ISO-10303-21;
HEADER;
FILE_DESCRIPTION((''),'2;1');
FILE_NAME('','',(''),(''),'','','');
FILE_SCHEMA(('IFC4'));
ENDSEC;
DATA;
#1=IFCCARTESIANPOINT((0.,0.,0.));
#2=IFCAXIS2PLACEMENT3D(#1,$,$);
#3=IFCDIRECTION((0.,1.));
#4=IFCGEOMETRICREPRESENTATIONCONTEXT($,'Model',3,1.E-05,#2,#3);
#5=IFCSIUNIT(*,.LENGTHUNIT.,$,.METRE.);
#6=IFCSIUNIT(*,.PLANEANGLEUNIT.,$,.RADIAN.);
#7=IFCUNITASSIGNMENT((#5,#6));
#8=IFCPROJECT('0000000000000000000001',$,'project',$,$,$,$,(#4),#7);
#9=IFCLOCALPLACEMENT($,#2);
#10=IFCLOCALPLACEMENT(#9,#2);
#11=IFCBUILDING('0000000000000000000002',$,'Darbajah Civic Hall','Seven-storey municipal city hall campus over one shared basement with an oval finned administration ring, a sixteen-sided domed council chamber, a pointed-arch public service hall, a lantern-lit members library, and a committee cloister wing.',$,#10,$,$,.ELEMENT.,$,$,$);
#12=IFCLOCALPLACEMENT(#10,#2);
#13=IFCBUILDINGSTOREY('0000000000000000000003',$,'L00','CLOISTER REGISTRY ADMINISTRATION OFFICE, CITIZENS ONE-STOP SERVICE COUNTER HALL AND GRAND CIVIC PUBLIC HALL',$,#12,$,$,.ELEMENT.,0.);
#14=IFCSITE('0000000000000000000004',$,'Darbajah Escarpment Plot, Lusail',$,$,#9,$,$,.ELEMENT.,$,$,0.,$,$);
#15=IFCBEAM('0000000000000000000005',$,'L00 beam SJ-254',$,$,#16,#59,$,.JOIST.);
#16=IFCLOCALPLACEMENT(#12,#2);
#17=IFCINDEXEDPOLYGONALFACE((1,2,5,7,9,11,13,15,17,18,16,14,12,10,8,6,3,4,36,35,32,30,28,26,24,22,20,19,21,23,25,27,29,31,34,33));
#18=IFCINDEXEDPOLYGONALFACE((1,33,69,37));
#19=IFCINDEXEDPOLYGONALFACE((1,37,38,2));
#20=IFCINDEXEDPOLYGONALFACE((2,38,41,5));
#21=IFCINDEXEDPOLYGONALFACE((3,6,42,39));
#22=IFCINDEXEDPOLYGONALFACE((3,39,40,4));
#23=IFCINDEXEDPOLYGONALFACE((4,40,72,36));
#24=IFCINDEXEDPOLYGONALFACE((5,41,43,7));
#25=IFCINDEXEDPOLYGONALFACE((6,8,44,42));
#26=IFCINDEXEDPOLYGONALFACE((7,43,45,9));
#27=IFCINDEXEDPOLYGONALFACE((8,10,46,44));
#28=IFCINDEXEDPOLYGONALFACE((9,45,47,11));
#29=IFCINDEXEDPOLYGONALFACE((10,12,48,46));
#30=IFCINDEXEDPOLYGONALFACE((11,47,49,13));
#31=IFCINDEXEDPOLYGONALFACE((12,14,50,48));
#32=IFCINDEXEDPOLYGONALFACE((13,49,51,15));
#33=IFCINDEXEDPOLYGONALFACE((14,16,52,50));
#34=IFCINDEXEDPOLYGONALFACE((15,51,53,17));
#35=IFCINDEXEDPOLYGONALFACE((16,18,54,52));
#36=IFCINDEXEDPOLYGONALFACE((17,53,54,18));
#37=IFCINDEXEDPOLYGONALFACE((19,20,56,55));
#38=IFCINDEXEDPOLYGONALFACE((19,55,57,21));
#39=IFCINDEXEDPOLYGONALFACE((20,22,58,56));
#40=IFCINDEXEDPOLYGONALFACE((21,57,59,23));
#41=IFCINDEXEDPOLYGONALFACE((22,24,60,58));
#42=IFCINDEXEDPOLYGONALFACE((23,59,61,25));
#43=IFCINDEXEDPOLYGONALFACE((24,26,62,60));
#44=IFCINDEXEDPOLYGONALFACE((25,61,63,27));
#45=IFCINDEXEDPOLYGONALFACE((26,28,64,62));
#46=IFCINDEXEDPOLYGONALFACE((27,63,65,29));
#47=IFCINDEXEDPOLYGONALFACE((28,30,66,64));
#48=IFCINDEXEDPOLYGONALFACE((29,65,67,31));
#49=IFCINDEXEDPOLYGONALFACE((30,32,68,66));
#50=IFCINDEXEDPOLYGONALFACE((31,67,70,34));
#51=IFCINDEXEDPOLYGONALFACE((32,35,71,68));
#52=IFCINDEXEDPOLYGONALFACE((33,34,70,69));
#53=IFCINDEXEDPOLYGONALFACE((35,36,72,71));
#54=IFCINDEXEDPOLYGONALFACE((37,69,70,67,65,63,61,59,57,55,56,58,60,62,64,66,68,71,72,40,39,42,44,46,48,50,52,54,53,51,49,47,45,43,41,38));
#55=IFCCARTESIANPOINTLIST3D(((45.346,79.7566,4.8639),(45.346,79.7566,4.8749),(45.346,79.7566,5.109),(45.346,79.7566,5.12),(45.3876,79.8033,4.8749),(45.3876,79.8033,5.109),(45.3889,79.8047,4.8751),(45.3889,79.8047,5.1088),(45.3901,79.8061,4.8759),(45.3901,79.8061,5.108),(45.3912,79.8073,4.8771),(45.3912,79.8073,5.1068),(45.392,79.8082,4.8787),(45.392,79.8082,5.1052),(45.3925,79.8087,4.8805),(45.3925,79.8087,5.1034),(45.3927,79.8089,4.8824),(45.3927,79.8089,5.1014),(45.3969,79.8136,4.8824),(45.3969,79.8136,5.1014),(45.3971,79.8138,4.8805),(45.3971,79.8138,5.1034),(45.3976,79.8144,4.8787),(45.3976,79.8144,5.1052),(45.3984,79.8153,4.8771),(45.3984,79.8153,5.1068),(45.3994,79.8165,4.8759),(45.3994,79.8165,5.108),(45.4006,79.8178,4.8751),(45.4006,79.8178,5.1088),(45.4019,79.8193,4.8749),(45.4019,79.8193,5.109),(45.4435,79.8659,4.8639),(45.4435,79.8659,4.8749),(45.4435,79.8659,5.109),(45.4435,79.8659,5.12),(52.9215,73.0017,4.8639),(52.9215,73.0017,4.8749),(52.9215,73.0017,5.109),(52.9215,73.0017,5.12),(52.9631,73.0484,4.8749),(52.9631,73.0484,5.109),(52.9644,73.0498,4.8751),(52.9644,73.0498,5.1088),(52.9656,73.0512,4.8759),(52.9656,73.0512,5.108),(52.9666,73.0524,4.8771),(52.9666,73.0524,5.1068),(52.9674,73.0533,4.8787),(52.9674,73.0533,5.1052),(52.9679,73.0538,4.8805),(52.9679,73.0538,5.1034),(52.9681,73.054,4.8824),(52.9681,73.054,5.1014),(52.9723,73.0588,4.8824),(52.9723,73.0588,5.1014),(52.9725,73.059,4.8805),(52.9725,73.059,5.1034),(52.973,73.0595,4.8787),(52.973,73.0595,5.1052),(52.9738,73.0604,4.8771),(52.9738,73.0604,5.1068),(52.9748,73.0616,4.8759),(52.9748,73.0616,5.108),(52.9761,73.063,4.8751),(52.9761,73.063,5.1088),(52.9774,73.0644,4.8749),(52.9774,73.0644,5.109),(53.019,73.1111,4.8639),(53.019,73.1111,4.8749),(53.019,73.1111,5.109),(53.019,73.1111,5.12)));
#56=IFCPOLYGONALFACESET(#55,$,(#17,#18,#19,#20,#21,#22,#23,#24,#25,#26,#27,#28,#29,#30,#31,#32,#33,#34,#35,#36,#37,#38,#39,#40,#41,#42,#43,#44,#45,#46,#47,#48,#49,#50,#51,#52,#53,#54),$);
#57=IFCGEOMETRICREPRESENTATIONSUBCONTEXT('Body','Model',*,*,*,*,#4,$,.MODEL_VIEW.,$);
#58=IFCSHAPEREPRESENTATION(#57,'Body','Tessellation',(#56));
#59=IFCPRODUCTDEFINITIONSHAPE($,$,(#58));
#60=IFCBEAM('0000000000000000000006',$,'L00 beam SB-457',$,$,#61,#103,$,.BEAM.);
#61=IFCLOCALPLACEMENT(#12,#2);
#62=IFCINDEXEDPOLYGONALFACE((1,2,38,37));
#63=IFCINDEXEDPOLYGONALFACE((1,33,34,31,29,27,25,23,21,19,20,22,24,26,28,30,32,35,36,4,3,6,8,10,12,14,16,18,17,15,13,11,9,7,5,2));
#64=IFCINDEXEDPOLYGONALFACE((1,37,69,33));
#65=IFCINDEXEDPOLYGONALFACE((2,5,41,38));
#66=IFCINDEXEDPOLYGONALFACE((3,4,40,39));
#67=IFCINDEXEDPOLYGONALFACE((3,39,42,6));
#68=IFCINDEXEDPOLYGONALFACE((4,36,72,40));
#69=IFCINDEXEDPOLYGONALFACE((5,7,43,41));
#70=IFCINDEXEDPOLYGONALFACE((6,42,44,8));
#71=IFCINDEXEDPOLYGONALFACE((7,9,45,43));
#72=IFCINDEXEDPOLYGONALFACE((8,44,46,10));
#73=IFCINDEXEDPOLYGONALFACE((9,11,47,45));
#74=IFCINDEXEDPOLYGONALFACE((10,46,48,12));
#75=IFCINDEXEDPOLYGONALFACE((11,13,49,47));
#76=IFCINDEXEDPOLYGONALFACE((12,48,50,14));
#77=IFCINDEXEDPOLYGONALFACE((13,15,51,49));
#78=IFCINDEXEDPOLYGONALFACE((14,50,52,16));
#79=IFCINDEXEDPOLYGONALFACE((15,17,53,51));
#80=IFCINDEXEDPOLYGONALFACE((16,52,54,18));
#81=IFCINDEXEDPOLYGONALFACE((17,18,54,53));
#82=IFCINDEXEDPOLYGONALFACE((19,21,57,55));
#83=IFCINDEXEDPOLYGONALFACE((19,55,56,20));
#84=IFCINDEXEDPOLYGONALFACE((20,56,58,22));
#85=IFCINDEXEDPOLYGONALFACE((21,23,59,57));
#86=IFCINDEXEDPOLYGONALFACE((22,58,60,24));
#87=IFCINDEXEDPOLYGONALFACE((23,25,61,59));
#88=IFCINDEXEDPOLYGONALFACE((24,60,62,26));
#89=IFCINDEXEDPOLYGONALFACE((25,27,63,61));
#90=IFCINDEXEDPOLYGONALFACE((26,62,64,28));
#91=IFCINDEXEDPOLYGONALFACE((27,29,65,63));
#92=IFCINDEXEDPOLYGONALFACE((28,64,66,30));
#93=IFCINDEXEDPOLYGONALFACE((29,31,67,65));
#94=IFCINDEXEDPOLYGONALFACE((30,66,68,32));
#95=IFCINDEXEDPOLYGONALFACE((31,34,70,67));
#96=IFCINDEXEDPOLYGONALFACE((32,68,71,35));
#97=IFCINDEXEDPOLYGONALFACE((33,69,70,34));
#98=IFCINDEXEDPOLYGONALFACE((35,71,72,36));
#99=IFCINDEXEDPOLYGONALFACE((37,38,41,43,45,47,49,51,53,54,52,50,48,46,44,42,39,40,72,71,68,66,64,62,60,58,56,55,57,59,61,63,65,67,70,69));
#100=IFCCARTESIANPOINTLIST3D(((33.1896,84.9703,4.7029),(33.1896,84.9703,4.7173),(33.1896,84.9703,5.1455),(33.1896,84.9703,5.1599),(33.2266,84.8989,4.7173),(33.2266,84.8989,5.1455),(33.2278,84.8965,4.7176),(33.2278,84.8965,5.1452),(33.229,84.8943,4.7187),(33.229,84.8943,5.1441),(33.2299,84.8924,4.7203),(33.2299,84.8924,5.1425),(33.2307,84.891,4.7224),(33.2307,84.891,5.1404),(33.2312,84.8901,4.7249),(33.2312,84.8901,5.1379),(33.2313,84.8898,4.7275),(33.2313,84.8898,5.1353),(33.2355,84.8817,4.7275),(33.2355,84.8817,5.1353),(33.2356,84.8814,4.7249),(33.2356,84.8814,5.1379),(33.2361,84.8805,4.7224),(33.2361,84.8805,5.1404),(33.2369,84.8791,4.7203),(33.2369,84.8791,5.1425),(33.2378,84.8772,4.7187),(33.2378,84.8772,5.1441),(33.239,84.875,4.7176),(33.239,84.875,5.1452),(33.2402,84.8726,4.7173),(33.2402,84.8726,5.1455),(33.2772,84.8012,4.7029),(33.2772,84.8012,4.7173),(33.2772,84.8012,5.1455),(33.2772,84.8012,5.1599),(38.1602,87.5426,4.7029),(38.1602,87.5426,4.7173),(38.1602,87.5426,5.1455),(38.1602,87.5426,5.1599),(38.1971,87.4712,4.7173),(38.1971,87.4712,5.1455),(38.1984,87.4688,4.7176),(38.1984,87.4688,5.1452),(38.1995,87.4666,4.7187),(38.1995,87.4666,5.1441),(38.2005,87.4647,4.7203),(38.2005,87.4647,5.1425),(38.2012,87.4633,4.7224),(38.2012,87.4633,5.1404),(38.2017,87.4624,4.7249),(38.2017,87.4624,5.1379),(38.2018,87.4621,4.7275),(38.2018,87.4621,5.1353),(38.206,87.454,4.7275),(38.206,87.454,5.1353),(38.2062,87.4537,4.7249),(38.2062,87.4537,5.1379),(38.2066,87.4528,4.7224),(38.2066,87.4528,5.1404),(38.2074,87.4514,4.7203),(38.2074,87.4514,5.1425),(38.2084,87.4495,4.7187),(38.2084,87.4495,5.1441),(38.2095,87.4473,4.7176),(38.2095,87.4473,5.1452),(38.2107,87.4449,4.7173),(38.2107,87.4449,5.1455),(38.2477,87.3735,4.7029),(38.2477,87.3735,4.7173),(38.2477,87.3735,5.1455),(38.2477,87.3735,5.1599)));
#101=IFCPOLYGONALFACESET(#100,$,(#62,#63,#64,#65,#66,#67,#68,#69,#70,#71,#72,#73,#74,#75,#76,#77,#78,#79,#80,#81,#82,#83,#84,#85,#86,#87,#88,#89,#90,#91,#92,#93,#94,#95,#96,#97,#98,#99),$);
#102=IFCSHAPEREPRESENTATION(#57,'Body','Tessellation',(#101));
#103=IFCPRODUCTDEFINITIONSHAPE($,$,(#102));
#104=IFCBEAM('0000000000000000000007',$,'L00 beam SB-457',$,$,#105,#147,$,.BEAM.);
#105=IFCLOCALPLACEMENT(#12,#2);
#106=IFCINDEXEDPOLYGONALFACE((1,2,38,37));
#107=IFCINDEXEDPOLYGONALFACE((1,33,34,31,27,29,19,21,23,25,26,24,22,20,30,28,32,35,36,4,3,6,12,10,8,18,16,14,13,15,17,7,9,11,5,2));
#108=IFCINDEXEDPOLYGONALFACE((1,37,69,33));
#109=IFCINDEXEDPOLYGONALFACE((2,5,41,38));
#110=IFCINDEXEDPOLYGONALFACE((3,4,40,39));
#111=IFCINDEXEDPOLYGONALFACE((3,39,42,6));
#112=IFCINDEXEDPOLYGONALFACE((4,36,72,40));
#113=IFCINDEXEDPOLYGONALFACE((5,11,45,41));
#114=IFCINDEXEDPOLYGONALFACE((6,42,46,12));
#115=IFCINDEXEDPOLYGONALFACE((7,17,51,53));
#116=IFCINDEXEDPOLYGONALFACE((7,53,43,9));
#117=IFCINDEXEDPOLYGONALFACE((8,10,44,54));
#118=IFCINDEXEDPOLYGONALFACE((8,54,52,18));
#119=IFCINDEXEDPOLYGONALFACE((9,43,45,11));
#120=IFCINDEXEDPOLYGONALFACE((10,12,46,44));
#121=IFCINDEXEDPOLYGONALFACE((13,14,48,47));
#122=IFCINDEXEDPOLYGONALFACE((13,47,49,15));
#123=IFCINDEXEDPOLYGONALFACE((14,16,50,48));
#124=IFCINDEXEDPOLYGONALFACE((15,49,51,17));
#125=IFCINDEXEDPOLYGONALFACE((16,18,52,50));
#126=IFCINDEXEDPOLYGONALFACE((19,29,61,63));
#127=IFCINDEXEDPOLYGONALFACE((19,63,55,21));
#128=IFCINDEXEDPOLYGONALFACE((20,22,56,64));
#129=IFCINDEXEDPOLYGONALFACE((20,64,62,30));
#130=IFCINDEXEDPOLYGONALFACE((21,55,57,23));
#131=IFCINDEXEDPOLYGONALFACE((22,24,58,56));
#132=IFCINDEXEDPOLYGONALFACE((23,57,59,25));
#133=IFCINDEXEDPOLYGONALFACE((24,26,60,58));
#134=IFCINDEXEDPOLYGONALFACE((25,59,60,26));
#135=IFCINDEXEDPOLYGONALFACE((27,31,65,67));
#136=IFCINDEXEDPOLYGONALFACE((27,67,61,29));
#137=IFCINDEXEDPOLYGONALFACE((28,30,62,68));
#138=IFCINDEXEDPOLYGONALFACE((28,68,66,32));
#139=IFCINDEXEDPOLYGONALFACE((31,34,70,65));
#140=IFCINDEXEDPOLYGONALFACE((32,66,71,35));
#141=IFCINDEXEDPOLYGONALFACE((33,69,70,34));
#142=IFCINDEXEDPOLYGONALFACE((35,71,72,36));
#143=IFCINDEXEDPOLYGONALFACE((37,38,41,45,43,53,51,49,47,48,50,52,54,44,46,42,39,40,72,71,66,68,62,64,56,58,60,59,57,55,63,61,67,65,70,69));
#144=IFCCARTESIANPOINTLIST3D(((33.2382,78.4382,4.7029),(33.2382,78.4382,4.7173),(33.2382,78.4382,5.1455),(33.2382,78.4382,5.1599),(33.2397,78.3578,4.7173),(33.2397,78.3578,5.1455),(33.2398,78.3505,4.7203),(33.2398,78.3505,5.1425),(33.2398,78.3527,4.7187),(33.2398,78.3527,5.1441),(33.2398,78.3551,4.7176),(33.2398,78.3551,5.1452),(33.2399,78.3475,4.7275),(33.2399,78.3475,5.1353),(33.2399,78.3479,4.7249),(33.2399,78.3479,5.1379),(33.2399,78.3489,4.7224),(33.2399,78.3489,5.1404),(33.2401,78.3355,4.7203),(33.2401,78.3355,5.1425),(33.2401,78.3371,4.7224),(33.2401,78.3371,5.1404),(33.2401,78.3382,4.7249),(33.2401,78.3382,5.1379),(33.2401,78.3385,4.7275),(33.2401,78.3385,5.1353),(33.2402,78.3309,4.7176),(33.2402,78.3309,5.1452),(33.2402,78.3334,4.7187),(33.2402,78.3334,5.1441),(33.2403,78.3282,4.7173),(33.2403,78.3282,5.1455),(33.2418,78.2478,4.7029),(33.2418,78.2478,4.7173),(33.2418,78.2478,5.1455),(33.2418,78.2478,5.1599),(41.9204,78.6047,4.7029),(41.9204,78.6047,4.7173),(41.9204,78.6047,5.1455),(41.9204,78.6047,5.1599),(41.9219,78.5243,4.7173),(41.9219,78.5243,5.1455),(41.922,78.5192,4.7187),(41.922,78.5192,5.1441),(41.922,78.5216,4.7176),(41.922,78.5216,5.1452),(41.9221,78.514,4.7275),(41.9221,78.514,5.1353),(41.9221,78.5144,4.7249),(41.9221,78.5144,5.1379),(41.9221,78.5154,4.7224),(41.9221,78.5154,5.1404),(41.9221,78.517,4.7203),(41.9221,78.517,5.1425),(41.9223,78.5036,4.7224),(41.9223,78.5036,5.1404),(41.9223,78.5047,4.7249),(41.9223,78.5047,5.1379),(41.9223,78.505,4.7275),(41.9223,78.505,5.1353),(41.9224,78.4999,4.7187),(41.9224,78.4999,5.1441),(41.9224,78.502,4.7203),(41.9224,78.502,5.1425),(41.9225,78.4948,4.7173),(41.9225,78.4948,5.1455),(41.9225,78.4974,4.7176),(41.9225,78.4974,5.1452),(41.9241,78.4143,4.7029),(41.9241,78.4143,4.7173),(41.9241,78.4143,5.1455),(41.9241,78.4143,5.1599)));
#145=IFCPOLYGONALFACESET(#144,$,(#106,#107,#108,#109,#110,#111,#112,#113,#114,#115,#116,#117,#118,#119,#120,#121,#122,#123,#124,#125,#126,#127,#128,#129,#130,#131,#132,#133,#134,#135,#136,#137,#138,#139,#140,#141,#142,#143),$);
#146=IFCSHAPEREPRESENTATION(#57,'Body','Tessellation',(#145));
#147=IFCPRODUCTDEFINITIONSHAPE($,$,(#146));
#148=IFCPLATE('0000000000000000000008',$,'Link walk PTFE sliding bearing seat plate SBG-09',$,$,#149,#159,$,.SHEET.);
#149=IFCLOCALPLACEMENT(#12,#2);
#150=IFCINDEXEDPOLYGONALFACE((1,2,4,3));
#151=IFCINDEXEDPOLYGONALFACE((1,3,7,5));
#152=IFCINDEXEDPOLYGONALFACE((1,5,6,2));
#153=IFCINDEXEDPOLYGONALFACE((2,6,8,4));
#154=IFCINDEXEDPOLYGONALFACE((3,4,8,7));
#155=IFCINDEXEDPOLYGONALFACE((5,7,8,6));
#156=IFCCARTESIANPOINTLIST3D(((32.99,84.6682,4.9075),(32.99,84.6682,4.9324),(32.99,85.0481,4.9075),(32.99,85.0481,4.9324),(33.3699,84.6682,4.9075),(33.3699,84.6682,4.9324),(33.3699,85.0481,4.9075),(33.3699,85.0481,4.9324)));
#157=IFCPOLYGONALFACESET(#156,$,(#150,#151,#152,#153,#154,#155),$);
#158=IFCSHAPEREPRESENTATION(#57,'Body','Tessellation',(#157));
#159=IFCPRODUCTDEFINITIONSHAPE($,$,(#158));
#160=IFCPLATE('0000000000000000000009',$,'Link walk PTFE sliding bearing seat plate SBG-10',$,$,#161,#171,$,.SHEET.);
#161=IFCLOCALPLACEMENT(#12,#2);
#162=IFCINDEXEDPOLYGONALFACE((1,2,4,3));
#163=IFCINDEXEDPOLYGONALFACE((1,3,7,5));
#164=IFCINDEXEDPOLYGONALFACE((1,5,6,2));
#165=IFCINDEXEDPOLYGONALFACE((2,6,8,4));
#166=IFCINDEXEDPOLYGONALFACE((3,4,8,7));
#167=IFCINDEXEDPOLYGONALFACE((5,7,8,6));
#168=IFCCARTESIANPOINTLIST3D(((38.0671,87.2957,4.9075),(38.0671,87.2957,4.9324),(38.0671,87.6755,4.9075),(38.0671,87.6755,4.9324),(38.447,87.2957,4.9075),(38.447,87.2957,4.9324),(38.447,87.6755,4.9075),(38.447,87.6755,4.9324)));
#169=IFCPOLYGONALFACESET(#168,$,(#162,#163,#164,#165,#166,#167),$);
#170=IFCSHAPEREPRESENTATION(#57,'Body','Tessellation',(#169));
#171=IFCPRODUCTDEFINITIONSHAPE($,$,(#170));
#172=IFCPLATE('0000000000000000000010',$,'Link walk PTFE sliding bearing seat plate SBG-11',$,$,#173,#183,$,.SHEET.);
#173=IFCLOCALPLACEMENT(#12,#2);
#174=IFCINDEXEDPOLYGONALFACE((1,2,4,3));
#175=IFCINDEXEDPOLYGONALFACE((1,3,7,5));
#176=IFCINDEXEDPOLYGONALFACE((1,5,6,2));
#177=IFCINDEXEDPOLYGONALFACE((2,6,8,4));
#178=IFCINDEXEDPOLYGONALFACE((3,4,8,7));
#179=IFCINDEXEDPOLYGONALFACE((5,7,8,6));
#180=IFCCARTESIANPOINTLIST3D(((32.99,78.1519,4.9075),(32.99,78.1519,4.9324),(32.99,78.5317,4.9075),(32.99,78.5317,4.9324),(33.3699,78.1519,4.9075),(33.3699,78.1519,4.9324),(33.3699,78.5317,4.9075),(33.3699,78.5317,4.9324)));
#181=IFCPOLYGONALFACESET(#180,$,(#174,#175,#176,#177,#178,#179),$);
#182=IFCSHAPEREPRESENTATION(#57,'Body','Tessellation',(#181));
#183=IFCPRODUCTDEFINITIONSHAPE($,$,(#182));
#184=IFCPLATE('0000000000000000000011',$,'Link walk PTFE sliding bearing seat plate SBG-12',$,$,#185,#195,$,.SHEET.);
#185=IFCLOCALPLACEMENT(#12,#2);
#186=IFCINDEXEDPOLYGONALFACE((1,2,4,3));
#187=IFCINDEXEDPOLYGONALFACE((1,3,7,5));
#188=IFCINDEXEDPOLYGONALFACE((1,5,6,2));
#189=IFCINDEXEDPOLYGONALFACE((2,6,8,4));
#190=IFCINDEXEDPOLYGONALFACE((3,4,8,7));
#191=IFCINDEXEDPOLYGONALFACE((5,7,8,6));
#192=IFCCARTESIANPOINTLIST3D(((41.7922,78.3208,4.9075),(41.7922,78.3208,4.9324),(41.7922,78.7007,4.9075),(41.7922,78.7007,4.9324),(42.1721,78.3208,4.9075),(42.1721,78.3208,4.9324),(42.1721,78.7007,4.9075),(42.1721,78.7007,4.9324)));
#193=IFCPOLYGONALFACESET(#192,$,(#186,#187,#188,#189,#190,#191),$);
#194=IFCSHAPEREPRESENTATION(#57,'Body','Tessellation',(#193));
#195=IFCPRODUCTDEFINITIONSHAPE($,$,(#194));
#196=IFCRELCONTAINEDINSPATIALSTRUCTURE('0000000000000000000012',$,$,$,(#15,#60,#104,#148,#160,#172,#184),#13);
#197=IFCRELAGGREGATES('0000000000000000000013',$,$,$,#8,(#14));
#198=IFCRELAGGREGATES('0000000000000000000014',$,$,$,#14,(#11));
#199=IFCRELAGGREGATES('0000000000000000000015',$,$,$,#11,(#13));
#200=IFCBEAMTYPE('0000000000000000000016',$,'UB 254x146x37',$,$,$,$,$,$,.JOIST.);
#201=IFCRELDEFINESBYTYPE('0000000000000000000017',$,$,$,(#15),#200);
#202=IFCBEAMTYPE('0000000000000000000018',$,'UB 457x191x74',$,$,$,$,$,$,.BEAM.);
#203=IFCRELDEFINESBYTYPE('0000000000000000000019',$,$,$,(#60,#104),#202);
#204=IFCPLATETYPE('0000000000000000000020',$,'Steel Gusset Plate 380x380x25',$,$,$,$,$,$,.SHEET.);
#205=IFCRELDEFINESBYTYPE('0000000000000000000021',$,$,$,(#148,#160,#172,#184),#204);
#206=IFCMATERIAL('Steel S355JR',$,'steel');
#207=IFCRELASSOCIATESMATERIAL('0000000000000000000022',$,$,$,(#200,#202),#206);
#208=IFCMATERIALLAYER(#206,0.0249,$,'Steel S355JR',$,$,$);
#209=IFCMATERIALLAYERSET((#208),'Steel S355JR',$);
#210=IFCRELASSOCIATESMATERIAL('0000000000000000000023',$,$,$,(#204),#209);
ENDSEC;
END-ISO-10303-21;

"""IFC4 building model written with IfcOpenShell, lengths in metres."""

from ifc_helpers import new_model, si_unit, direction, frame, origin, origin_2d, place, context, subcontext, project, spatial, rectangle, i_section, extrude, material, layer, layer_set, material_profile, profile_set, type_object, element, save


model = new_model("IFC4")

# Units and contexts
model_context = context("Model", 3, precision=1e-05, world=origin(), true_north=direction((0.0, 1.0)))
body_context = subcontext(model_context, "Body", "Model", "MODEL_VIEW")
ifc_project = project(units=[si_unit("LENGTHUNIT", "METRE"), si_unit("PLANEANGLEUNIT", "RADIAN")], contexts=[model_context])

# Site, building, storey
site_placement = place(None, origin())
site = spatial("IfcSite", under=ifc_project, at=site_placement, Name="Darbajah Escarpment Plot, Lusail", CompositionType="ELEMENT", RefElevation=0.0)
building_placement = place(site_placement, origin())
building = spatial("IfcBuilding", under=site, at=building_placement, Name="Darbajah Civic Hall", Description="Seven-storey municipal city hall campus over one shared basement with an oval finned administration ring, a sixteen-sided domed council chamber, a pointed-arch public service hall, a lantern-lit members library, and a committee cloister wing.", CompositionType="ELEMENT")
storey_placement = place(building_placement, origin())
storey = spatial("IfcBuildingStorey", under=building, at=storey_placement, Name="L00", Description="CLOISTER REGISTRY ADMINISTRATION OFFICE, CITIZENS ONE-STOP SERVICE COUNTER HALL AND GRAND CIVIC PUBLIC HALL", CompositionType="ELEMENT", Elevation=0.0)

# Beams
ifc_material_1 = material(Name="Steel S355JR", Category="steel")
ifc_material_profile_1 = material_profile(ifc_material_1, i_section(OverallWidth=0.1465, OverallDepth=0.2561, WebThickness=0.0063, FlangeThickness=0.011, FilletRadius=0.0076, at=origin_2d()), Name="UB 254x146x37")
ifc_profile_set_1 = profile_set([ifc_material_profile_1], Name="Steel S355JR")
beam_type_1 = type_object("IfcBeamType", Name="UB 254x146x37", PredefinedType="JOIST", material=ifc_profile_set_1)
beam_1_placement = place(storey_placement, frame((45.3948, 79.8113, 4.9919), z_axis=(0.746373, -0.665528, 0.0), x_axis=(0.665528, 0.746373, 0.0)))
element("IfcBeam", 1, at=beam_1_placement, inside=storey, type_object=beam_type_1, Name="L00 beam SJ-254", PredefinedType="JOIST", context=body_context, shape_type="SweptSolid", body=[
    extrude(i_section(OverallWidth=0.1465, OverallDepth=0.2561, WebThickness=0.0063, FlangeThickness=0.011, FilletRadius=0.0076, at=origin_2d()), origin(), (0.0, 0.0, 1.0), 10.1497),
])
ifc_material_profile_2 = material_profile(ifc_material_1, i_section(OverallWidth=0.1904, OverallDepth=0.457, WebThickness=0.009, FlangeThickness=0.0144, FilletRadius=0.0103, at=origin_2d()), Name="UB 457x191x74")
ifc_profile_set_2 = profile_set([ifc_material_profile_2], Name="Steel S355JR")
beam_type_2 = type_object("IfcBeamType", Name="UB 457x191x74", PredefinedType="BEAM", material=ifc_profile_set_2)
beam_2_placement = place(storey_placement, frame((33.2334, 84.8857, 4.9314), z_axis=(0.88812, 0.459612, 0.0), x_axis=(-0.459612, 0.88812, 0.0)))
element("IfcBeam", 2, at=beam_2_placement, inside=storey, type_object=beam_type_2, Name="L00 beam SB-457", PredefinedType="BEAM", context=body_context, shape_type="SweptSolid", body=[
    extrude(i_section(OverallWidth=0.1904, OverallDepth=0.457, WebThickness=0.009, FlangeThickness=0.0144, FilletRadius=0.0103, at=origin_2d()), origin(), (0.0, 0.0, 1.0), 5.5967),
])
beam_3_placement = place(storey_placement, frame((33.24, 78.343, 4.9314), z_axis=(0.999816, 0.019174, 0.0), x_axis=(-0.019174, 0.999816, 0.0)))
element("IfcBeam", 3, at=beam_3_placement, inside=storey, type_object=beam_type_2, Name="L00 beam SB-457", PredefinedType="BEAM", context=body_context, shape_type="SweptSolid", body=[
    extrude(i_section(OverallWidth=0.1904, OverallDepth=0.457, WebThickness=0.009, FlangeThickness=0.0144, FilletRadius=0.0103, at=origin_2d()), origin(), (0.0, 0.0, 1.0), 8.6838),
])

# Plates
ifc_layer_1 = layer(ifc_material_1, 0.0249, Name="Steel S355JR")
ifc_layer_set_1 = layer_set([ifc_layer_1], Name="Steel S355JR")
plate_type = type_object("IfcPlateType", Name="Steel Gusset Plate 380x380x25", PredefinedType="SHEET", material=ifc_layer_set_1)
for number, where, z_axis, x_axis, name in (
    (4, (33.1799, 84.8582, 4.9075), (0.0, 0.0, 1.0), (1.0, 0.0, 0.0), "Link walk PTFE sliding bearing seat plate SBG-09"),
    (5, (38.2571, 87.4856, 4.9075), (0.0, 0.0, 1.0), (1.0, 0.0, 0.0), "Link walk PTFE sliding bearing seat plate SBG-10"),
    (6, (33.1799, 78.3418, 4.9075), (0.0, 0.0, 1.0), (1.0, 0.0, 0.0), "Link walk PTFE sliding bearing seat plate SBG-11"),
    (7, (41.9822, 78.5107, 4.9075), (0.0, 0.0, 1.0), (1.0, 0.0, 0.0), "Link walk PTFE sliding bearing seat plate SBG-12"),
):
    element("IfcPlate", number, at=place(storey_placement, frame(where, z_axis=z_axis, x_axis=x_axis)), inside=storey, type_object=plate_type, Name=name, PredefinedType="SHEET", context=body_context, shape_type="SweptSolid", body=[
        extrude(rectangle(XDim=0.3799, YDim=0.3799, at=origin_2d()), origin(), (0.0, 0.0, 1.0), 0.0249),
    ])

save(model, "model.ifc")
